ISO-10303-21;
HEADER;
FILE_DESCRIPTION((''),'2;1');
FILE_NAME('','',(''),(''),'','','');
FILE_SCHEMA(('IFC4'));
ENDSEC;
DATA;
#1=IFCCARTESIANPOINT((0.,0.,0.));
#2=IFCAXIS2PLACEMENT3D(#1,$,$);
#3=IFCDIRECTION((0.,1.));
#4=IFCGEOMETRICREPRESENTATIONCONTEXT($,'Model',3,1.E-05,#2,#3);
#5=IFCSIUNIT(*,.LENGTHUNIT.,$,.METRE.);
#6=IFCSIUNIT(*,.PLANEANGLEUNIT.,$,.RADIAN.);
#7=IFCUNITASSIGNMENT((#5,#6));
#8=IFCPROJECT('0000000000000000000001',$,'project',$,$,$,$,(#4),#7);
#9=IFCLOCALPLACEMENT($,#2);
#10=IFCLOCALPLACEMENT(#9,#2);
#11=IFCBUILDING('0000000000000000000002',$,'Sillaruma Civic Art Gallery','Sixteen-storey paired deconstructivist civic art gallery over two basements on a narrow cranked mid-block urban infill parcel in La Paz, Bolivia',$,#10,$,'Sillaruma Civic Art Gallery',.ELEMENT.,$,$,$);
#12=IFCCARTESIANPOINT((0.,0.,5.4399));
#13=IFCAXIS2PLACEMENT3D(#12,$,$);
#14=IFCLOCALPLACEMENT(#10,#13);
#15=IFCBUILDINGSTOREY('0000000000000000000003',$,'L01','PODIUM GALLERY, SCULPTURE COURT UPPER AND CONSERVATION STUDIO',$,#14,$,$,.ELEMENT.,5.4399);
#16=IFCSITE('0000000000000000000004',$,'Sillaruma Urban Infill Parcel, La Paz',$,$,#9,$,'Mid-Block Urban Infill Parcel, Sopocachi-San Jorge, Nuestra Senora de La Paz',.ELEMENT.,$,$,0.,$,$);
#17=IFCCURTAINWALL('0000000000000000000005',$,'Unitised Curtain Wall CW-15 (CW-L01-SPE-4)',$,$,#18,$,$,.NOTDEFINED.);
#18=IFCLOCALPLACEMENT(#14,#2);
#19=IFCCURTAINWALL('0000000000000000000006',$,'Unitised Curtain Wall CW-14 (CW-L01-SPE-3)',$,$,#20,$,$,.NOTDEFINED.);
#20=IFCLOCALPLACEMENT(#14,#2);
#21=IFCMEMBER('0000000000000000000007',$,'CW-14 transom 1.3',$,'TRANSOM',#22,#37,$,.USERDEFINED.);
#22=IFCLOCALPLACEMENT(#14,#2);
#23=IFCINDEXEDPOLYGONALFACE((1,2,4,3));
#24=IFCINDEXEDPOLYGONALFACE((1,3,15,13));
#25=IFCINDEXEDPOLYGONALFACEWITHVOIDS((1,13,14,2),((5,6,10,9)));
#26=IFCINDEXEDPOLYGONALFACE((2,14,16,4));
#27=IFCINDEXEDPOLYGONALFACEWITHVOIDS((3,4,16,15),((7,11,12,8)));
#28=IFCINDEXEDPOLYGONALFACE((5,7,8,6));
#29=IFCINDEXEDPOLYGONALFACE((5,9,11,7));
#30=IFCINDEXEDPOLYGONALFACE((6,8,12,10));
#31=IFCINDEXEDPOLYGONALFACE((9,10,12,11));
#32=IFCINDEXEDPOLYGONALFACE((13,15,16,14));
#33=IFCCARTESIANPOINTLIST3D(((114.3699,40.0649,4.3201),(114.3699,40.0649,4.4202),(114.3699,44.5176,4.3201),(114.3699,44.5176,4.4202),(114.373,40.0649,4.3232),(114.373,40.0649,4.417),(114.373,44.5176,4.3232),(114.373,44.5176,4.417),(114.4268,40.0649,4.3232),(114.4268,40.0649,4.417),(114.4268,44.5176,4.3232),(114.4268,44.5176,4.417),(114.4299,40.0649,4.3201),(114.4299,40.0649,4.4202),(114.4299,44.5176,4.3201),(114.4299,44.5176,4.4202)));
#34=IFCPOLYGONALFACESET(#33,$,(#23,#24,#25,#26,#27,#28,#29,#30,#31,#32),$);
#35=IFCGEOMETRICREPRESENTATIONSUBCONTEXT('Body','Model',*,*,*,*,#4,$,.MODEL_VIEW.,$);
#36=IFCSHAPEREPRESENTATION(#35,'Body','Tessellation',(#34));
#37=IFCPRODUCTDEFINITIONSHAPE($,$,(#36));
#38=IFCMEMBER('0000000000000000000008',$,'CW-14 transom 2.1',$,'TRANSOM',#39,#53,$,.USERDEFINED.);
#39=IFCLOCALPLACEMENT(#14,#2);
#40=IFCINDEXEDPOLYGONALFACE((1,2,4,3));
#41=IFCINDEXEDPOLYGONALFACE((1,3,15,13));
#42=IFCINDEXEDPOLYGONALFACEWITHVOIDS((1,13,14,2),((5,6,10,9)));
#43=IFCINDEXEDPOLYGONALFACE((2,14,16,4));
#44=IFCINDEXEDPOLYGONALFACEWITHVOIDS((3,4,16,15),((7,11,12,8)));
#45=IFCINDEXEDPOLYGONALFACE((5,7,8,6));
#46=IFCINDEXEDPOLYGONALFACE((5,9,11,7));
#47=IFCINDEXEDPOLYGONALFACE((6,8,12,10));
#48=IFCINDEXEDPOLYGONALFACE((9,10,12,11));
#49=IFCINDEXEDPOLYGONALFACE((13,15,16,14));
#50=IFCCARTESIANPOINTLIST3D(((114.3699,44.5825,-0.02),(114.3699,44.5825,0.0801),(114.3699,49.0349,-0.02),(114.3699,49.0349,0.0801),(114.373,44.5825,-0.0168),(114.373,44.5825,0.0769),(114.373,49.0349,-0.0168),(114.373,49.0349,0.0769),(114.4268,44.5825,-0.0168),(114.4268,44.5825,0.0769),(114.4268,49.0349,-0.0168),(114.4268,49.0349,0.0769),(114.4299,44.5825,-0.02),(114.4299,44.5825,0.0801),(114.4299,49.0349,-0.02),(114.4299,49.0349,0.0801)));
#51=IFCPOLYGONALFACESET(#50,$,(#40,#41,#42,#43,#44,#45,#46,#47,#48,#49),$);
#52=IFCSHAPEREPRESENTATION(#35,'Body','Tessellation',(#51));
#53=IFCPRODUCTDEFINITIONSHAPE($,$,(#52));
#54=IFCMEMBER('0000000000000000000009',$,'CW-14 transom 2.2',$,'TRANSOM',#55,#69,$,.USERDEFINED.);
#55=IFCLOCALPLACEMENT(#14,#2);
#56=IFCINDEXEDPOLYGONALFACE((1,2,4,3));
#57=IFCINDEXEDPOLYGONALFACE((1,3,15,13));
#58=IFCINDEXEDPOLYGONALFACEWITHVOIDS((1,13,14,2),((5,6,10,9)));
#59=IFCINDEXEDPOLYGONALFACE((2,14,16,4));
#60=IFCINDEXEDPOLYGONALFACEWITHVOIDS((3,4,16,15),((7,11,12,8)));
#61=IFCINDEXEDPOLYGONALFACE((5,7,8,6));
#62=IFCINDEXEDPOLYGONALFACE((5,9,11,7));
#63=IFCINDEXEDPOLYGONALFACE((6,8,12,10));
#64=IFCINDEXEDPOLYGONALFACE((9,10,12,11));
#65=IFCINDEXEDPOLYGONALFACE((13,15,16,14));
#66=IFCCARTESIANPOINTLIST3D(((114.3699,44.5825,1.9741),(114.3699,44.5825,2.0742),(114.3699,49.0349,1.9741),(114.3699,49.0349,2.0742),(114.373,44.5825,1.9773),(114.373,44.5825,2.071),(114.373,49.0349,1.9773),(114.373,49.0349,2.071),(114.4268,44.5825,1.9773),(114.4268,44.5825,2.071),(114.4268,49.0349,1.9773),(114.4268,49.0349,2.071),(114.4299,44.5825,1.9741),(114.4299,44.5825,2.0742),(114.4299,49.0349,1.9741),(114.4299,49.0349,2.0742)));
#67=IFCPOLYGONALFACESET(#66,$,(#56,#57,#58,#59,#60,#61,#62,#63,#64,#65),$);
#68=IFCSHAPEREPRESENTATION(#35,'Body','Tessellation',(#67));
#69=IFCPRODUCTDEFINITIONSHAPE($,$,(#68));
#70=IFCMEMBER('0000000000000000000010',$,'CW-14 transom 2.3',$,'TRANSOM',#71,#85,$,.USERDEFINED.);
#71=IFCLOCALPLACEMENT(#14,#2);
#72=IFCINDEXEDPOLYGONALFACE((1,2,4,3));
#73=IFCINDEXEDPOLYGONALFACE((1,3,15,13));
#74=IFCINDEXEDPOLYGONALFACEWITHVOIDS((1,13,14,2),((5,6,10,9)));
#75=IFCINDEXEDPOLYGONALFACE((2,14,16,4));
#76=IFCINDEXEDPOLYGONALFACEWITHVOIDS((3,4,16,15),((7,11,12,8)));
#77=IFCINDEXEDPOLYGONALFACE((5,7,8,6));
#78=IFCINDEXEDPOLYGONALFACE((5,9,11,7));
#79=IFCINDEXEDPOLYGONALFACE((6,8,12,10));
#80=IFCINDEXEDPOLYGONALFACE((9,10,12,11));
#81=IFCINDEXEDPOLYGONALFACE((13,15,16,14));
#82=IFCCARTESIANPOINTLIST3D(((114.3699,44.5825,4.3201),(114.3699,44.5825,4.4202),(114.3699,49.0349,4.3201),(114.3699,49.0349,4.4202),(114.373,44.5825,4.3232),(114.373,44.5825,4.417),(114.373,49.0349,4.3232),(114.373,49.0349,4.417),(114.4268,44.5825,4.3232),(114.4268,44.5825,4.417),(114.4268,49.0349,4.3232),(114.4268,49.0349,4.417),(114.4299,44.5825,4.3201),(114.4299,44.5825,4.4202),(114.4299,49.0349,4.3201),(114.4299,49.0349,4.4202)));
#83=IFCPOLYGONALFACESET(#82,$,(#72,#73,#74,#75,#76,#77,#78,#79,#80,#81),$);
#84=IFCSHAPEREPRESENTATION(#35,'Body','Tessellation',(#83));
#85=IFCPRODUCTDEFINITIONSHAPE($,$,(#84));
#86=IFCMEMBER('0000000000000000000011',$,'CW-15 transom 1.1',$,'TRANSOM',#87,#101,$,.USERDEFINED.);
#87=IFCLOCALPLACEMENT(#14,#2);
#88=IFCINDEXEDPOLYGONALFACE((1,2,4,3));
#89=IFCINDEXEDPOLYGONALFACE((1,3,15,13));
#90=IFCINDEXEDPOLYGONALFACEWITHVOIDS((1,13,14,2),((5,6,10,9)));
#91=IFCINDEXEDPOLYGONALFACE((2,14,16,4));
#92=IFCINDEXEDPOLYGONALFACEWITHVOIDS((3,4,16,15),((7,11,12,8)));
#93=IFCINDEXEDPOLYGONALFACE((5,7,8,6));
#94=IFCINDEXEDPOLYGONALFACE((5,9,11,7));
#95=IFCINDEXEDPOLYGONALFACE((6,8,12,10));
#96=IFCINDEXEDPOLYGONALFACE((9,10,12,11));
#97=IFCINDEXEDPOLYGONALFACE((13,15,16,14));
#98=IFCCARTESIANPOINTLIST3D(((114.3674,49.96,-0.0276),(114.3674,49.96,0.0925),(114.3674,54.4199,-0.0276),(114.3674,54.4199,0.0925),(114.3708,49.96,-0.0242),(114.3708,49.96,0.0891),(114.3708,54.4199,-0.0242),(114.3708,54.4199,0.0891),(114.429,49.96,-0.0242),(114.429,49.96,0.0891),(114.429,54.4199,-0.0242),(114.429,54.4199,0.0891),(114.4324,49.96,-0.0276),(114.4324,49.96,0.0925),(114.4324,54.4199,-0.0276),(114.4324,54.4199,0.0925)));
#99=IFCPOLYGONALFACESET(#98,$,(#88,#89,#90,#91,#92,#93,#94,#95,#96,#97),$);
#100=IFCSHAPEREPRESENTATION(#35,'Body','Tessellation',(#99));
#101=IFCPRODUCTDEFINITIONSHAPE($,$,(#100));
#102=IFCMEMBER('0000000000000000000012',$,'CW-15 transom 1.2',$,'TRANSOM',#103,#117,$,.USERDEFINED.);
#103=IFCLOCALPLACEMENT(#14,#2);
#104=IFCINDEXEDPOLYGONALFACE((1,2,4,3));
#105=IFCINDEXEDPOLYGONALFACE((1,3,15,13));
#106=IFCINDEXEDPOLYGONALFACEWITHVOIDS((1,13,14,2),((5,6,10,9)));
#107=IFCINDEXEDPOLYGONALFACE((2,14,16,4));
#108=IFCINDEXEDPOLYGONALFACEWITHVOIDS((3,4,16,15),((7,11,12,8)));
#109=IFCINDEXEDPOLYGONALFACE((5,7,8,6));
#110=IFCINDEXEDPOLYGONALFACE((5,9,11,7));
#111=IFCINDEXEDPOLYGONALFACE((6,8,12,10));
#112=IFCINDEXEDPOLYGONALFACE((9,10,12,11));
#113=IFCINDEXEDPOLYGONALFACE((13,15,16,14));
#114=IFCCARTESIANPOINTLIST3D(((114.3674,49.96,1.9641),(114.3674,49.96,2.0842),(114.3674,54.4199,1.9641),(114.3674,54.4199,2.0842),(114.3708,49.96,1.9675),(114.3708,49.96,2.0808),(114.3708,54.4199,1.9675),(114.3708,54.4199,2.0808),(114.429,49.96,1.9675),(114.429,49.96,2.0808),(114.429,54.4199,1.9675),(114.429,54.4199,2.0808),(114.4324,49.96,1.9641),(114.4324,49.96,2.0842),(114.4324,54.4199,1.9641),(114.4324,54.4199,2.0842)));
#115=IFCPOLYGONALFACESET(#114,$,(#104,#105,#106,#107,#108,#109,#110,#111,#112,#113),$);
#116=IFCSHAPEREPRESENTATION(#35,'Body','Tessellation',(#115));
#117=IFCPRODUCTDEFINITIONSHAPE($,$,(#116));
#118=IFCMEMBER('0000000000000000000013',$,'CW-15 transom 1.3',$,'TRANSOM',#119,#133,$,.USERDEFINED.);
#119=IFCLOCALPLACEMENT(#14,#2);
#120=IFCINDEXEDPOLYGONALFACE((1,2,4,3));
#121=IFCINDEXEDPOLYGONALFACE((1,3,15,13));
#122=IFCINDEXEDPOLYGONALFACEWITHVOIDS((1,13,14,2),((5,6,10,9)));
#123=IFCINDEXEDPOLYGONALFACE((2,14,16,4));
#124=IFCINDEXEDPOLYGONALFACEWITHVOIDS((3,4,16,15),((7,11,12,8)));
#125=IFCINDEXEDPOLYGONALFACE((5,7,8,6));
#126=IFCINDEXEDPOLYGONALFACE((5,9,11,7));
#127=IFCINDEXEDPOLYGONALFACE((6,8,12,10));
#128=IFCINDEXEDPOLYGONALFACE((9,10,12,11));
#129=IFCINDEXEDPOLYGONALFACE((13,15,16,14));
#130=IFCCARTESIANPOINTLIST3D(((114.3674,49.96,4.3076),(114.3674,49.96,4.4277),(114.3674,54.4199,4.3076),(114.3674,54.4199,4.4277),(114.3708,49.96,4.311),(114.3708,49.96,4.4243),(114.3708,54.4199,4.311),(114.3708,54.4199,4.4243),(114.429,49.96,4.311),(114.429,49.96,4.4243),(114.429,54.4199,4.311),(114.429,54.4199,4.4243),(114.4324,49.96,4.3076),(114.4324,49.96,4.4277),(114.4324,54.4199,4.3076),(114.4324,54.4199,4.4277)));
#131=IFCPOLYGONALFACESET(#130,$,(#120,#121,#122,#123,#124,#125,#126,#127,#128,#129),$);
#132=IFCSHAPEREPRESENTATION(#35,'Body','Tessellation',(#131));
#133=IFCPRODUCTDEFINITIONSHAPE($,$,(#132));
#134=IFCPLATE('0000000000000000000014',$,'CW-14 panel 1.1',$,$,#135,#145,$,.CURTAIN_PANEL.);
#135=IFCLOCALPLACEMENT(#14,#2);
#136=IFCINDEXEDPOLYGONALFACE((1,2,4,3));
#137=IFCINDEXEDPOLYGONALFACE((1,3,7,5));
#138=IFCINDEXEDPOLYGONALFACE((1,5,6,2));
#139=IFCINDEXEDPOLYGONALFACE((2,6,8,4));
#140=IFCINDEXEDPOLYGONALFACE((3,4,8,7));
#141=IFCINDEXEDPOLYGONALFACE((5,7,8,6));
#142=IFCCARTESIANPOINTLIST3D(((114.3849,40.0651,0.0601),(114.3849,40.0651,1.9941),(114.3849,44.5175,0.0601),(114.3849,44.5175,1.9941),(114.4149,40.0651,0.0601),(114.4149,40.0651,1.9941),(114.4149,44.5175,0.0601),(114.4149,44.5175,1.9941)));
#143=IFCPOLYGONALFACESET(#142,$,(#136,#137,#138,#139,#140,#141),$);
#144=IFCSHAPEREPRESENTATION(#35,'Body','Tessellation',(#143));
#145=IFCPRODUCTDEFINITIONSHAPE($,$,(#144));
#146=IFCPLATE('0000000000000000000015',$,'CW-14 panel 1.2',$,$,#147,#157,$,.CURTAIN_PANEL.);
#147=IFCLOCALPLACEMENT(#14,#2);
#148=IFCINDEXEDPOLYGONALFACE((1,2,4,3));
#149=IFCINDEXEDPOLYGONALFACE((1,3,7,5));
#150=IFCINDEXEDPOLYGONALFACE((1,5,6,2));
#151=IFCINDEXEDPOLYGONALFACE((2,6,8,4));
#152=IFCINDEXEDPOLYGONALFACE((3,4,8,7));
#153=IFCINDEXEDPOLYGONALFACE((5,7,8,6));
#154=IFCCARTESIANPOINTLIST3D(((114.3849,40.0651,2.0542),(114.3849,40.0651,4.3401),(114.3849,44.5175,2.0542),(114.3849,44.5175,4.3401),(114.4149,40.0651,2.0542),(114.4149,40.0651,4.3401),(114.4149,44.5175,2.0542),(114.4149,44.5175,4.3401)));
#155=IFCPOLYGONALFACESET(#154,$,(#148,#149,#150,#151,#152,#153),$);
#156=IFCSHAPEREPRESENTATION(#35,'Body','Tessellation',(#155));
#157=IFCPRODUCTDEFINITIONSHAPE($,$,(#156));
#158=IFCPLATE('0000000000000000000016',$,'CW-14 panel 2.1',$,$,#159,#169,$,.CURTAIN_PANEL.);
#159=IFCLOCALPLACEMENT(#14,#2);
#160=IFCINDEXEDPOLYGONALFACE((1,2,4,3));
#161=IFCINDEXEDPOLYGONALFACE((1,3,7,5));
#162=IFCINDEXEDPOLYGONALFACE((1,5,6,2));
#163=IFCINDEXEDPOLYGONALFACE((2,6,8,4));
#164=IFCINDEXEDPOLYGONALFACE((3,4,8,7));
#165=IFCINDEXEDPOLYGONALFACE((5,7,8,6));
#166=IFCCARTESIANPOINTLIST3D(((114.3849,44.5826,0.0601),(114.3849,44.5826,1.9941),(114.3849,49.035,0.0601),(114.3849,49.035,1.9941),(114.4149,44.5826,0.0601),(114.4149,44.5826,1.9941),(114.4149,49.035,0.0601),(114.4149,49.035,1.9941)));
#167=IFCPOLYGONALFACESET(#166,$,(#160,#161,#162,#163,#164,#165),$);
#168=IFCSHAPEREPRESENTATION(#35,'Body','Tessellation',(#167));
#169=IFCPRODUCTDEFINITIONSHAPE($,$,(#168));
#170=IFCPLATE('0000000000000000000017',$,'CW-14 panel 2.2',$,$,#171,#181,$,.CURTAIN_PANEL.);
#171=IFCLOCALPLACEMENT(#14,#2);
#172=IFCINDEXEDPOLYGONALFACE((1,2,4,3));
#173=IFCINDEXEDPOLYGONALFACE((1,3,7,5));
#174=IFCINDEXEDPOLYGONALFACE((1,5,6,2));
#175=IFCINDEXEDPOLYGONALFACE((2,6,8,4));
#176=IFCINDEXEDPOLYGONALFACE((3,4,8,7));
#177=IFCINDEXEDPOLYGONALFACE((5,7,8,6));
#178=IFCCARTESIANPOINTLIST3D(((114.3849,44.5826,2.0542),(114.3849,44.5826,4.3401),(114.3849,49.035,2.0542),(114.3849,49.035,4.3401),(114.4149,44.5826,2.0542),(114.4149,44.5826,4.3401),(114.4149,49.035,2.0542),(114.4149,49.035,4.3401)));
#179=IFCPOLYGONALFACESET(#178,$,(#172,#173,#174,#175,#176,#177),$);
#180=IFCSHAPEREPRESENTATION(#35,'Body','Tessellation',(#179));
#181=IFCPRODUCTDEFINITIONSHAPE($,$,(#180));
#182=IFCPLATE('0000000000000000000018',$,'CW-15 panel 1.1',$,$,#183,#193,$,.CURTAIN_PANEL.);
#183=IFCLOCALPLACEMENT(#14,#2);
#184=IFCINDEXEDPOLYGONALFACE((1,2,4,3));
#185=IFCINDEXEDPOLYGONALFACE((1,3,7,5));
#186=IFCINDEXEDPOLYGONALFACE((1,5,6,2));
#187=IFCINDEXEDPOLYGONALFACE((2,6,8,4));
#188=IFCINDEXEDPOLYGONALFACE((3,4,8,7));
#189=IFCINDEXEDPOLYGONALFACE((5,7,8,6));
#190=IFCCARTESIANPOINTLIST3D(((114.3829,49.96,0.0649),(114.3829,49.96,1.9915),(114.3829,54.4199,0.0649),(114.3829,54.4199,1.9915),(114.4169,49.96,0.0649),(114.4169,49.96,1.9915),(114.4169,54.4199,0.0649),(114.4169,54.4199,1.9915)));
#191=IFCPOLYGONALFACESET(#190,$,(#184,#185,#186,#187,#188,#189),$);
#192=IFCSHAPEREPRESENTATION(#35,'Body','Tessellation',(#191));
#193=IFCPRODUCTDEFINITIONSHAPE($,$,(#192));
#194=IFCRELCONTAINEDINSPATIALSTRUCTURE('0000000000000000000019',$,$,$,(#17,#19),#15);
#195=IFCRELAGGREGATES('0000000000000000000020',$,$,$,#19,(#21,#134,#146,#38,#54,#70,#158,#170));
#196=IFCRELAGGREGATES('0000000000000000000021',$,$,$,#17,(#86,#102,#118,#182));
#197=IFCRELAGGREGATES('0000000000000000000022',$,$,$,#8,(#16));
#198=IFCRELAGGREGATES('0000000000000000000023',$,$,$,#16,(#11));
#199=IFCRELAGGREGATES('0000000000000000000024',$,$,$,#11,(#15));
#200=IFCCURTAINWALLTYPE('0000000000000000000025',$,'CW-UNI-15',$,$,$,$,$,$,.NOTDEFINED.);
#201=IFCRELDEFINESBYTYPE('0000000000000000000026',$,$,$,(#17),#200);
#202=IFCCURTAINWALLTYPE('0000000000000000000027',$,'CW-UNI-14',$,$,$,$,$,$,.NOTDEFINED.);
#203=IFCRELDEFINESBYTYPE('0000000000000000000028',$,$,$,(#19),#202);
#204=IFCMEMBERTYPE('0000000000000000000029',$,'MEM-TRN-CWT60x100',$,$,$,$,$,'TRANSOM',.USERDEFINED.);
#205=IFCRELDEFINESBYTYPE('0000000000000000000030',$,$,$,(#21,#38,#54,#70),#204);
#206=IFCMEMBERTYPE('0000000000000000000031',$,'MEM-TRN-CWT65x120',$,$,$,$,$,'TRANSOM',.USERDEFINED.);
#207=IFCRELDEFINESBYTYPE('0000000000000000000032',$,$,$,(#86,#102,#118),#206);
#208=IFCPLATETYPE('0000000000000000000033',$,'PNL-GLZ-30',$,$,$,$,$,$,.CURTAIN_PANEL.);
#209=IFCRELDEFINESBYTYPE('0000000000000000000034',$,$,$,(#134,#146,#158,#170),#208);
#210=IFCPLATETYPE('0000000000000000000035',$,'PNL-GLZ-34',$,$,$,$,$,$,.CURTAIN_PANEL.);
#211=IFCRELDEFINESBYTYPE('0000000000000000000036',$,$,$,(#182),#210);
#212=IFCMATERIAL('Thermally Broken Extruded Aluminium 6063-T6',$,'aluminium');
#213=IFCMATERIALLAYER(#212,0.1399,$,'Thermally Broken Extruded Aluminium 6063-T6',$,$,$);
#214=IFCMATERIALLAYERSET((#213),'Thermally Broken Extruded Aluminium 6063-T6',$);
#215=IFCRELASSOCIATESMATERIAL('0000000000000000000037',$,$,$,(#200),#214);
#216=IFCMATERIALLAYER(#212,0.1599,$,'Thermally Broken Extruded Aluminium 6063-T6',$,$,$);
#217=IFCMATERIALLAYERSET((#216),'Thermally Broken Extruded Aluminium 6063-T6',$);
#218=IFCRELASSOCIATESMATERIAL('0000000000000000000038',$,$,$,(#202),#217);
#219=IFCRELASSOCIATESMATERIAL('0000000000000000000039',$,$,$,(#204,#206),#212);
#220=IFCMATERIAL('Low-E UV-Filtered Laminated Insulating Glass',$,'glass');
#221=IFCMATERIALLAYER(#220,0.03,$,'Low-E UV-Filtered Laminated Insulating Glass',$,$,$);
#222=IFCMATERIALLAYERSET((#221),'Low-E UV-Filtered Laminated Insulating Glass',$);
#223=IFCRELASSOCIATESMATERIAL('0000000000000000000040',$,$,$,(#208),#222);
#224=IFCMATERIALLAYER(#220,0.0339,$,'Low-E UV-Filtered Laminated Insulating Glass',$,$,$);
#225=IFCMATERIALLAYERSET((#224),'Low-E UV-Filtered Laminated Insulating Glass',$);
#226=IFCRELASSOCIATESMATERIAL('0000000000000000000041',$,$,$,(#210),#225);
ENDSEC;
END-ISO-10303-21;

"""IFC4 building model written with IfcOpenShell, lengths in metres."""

from ifc_helpers import new_model, si_unit, direction, frame, origin, origin_2d, place, context, subcontext, project, spatial, rectangle, hollow_rectangle, extrude, material, layer, layer_set, material_profile, profile_set, type_object, element, aggregate, save


model = new_model("IFC4")

# Units and contexts
model_context = context("Model", 3, precision=1e-05, world=origin(), true_north=direction((0.0, 1.0)))
body_context = subcontext(model_context, "Body", "Model", "MODEL_VIEW")
ifc_project = project(units=[si_unit("LENGTHUNIT", "METRE"), si_unit("PLANEANGLEUNIT", "RADIAN")], contexts=[model_context])

# Site, building, storey
site_placement = place(None, origin())
site = spatial("IfcSite", under=ifc_project, at=site_placement, Name="Sillaruma Urban Infill Parcel, La Paz", LongName="Mid-Block Urban Infill Parcel, Sopocachi-San Jorge, Nuestra Senora de La Paz", CompositionType="ELEMENT", RefElevation=0.0)
building_placement = place(site_placement, origin())
building = spatial("IfcBuilding", under=site, at=building_placement, Name="Sillaruma Civic Art Gallery", Description="Sixteen-storey paired deconstructivist civic art gallery over two basements on a narrow cranked mid-block urban infill parcel in La Paz, Bolivia", LongName="Sillaruma Civic Art Gallery", CompositionType="ELEMENT")
storey_placement = place(building_placement, frame((0.0, 0.0, 5.4399)))
storey = spatial("IfcBuildingStorey", under=building, at=storey_placement, Name="L01", Description="PODIUM GALLERY, SCULPTURE COURT UPPER AND CONSERVATION STUDIO", CompositionType="ELEMENT", Elevation=5.4399)

# Curtain walls, members
ifc_material_1 = material(Name="Thermally Broken Extruded Aluminium 6063-T6", Category="aluminium")
ifc_layer_1 = layer(ifc_material_1, 0.1399, Name="Thermally Broken Extruded Aluminium 6063-T6")
ifc_layer_set_1 = layer_set([ifc_layer_1], Name="Thermally Broken Extruded Aluminium 6063-T6")
curtain_wall_type_1 = type_object("IfcCurtainWallType", Name="CW-UNI-15", PredefinedType="NOTDEFINED", material=ifc_layer_set_1)
curtain_wall_1_placement = place(storey_placement, origin())
curtain_wall_1 = element("IfcCurtainWall", 1, at=curtain_wall_1_placement, inside=storey, type_object=curtain_wall_type_1, Name="Unitised Curtain Wall CW-15 (CW-L01-SPE-4)", PredefinedType="NOTDEFINED")
ifc_layer_2 = layer(ifc_material_1, 0.1599, Name="Thermally Broken Extruded Aluminium 6063-T6")
ifc_layer_set_2 = layer_set([ifc_layer_2], Name="Thermally Broken Extruded Aluminium 6063-T6")
curtain_wall_type_2 = type_object("IfcCurtainWallType", Name="CW-UNI-14", PredefinedType="NOTDEFINED", material=ifc_layer_set_2)
curtain_wall_2_placement = place(storey_placement, origin())
curtain_wall_2 = element("IfcCurtainWall", 2, at=curtain_wall_2_placement, inside=storey, type_object=curtain_wall_type_2, Name="Unitised Curtain Wall CW-14 (CW-L01-SPE-3)", PredefinedType="NOTDEFINED")
ifc_material_profile_1 = material_profile(ifc_material_1, hollow_rectangle(XDim=0.0601, YDim=0.1001, WallThickness=0.0032, at=origin_2d()), Name="CWT60x100")
ifc_profile_set_1 = profile_set([ifc_material_profile_1], Name="Thermally Broken Extruded Aluminium 6063-T6")
member_type_1 = type_object("IfcMemberType", Name="MEM-TRN-CWT60x100", ElementType="TRANSOM", PredefinedType="USERDEFINED", material=ifc_profile_set_1)
member_1_placement = place(storey_placement, frame((114.3999, 40.0649, 4.3701), z_axis=(0.0, 1.0, 0.0), x_axis=(-1.0, 0.0, 0.0)))
member_1 = element("IfcMember", 3, at=member_1_placement, type_object=member_type_1, Name="CW-14 transom 1.3", ObjectType="TRANSOM", PredefinedType="USERDEFINED", context=body_context, shape_type="SweptSolid", body=[
    extrude(hollow_rectangle(XDim=0.0601, YDim=0.1001, WallThickness=0.0032, at=origin_2d()), origin(), (0.0, 0.0, 1.0), 4.4526),
])
member_2_placement = place(storey_placement, frame((114.3999, 44.5825, 0.03), z_axis=(0.0, 1.0, 0.0), x_axis=(-1.0, 0.0, 0.0)))
member_2 = element("IfcMember", 4, at=member_2_placement, type_object=member_type_1, Name="CW-14 transom 2.1", ObjectType="TRANSOM", PredefinedType="USERDEFINED", context=body_context, shape_type="SweptSolid", body=[
    extrude(hollow_rectangle(XDim=0.0601, YDim=0.1001, WallThickness=0.0032, at=origin_2d()), origin(), (0.0, 0.0, 1.0), 4.4524),
])
member_3_placement = place(storey_placement, frame((114.3999, 44.5825, 2.0242), z_axis=(0.0, 1.0, 0.0), x_axis=(-1.0, 0.0, 0.0)))
member_3 = element("IfcMember", 5, at=member_3_placement, type_object=member_type_1, Name="CW-14 transom 2.2", ObjectType="TRANSOM", PredefinedType="USERDEFINED", context=body_context, shape_type="SweptSolid", body=[
    extrude(hollow_rectangle(XDim=0.0601, YDim=0.1001, WallThickness=0.0032, at=origin_2d()), origin(), (0.0, 0.0, 1.0), 4.4524),
])
member_4_placement = place(storey_placement, frame((114.3999, 44.5825, 4.3701), z_axis=(0.0, 1.0, 0.0), x_axis=(-1.0, 0.0, 0.0)))
member_4 = element("IfcMember", 6, at=member_4_placement, type_object=member_type_1, Name="CW-14 transom 2.3", ObjectType="TRANSOM", PredefinedType="USERDEFINED", context=body_context, shape_type="SweptSolid", body=[
    extrude(hollow_rectangle(XDim=0.0601, YDim=0.1001, WallThickness=0.0032, at=origin_2d()), origin(), (0.0, 0.0, 1.0), 4.4524),
])

# Members
ifc_material_profile_2 = material_profile(ifc_material_1, hollow_rectangle(XDim=0.0649, YDim=0.1201, WallThickness=0.0034, at=origin_2d()), Name="CWT65x120")
ifc_profile_set_2 = profile_set([ifc_material_profile_2], Name="Thermally Broken Extruded Aluminium 6063-T6")
member_type_2 = type_object("IfcMemberType", Name="MEM-TRN-CWT65x120", ElementType="TRANSOM", PredefinedType="USERDEFINED", material=ifc_profile_set_2)
member_5_placement = place(storey_placement, frame((114.3999, 49.96, 0.0325), z_axis=(0.0, 1.0, 0.0), x_axis=(-1.0, 0.0, 0.0)))
member_5 = element("IfcMember", 7, at=member_5_placement, type_object=member_type_2, Name="CW-15 transom 1.1", ObjectType="TRANSOM", PredefinedType="USERDEFINED", context=body_context, shape_type="SweptSolid", body=[
    extrude(hollow_rectangle(XDim=0.0649, YDim=0.1201, WallThickness=0.0034, at=origin_2d()), origin(), (0.0, 0.0, 1.0), 4.46),
])
member_6_placement = place(storey_placement, frame((114.3999, 49.96, 2.0242), z_axis=(0.0, 1.0, 0.0), x_axis=(-1.0, 0.0, 0.0)))
member_6 = element("IfcMember", 8, at=member_6_placement, type_object=member_type_2, Name="CW-15 transom 1.2", ObjectType="TRANSOM", PredefinedType="USERDEFINED", context=body_context, shape_type="SweptSolid", body=[
    extrude(hollow_rectangle(XDim=0.0649, YDim=0.1201, WallThickness=0.0034, at=origin_2d()), origin(), (0.0, 0.0, 1.0), 4.46),
])
member_7_placement = place(storey_placement, frame((114.3999, 49.96, 4.3677), z_axis=(0.0, 1.0, 0.0), x_axis=(-1.0, 0.0, 0.0)))
member_7 = element("IfcMember", 9, at=member_7_placement, type_object=member_type_2, Name="CW-15 transom 1.3", ObjectType="TRANSOM", PredefinedType="USERDEFINED", context=body_context, shape_type="SweptSolid", body=[
    extrude(hollow_rectangle(XDim=0.0649, YDim=0.1201, WallThickness=0.0034, at=origin_2d()), origin(), (0.0, 0.0, 1.0), 4.46),
])

# Plates
ifc_material_2 = material(Name="Low-E UV-Filtered Laminated Insulating Glass", Category="glass")
ifc_layer_3 = layer(ifc_material_2, 0.03, Name="Low-E UV-Filtered Laminated Insulating Glass")
ifc_layer_set_3 = layer_set([ifc_layer_3], Name="Low-E UV-Filtered Laminated Insulating Glass")
plate_type_1 = type_object("IfcPlateType", Name="PNL-GLZ-30", PredefinedType="CURTAIN_PANEL", material=ifc_layer_set_3)
plate_1_placement = place(storey_placement, frame((114.3999, 42.2913, 0.0601), z_axis=(0.0, 0.0, 1.0), x_axis=(0.0, 1.0, 0.0)))
plate_1 = element("IfcPlate", 10, at=plate_1_placement, type_object=plate_type_1, Name="CW-14 panel 1.1", PredefinedType="CURTAIN_PANEL", context=body_context, shape_type="SweptSolid", body=[
    extrude(rectangle(XDim=4.4524, YDim=0.03, at=origin_2d()), origin(), (0.0, 0.0, 1.0), 1.9341),
])
plate_2_placement = place(storey_placement, frame((114.3999, 42.2913, 2.0542), z_axis=(0.0, 0.0, 1.0), x_axis=(0.0, 1.0, 0.0)))
plate_2 = element("IfcPlate", 11, at=plate_2_placement, type_object=plate_type_1, Name="CW-14 panel 1.2", PredefinedType="CURTAIN_PANEL", context=body_context, shape_type="SweptSolid", body=[
    extrude(rectangle(XDim=4.4524, YDim=0.03, at=origin_2d()), origin(), (0.0, 0.0, 1.0), 2.2859),
])
plate_3_placement = place(storey_placement, frame((114.3999, 46.8088, 0.0601), z_axis=(0.0, 0.0, 1.0), x_axis=(0.0, 1.0, 0.0)))
plate_3 = element("IfcPlate", 12, at=plate_3_placement, type_object=plate_type_1, Name="CW-14 panel 2.1", PredefinedType="CURTAIN_PANEL", context=body_context, shape_type="SweptSolid", body=[
    extrude(rectangle(XDim=4.4524, YDim=0.03, at=origin_2d()), origin(), (0.0, 0.0, 1.0), 1.9341),
])
plate_4_placement = place(storey_placement, frame((114.3999, 46.8088, 2.0542), z_axis=(0.0, 0.0, 1.0), x_axis=(0.0, 1.0, 0.0)))
plate_4 = element("IfcPlate", 13, at=plate_4_placement, type_object=plate_type_1, Name="CW-14 panel 2.2", PredefinedType="CURTAIN_PANEL", context=body_context, shape_type="SweptSolid", body=[
    extrude(rectangle(XDim=4.4524, YDim=0.03, at=origin_2d()), origin(), (0.0, 0.0, 1.0), 2.2859),
])
aggregate(curtain_wall_2, [member_1, plate_1, plate_2, member_2, member_3, member_4, plate_3, plate_4])
ifc_layer_4 = layer(ifc_material_2, 0.0339, Name="Low-E UV-Filtered Laminated Insulating Glass")
ifc_layer_set_4 = layer_set([ifc_layer_4], Name="Low-E UV-Filtered Laminated Insulating Glass")
plate_type_2 = type_object("IfcPlateType", Name="PNL-GLZ-34", PredefinedType="CURTAIN_PANEL", material=ifc_layer_set_4)
plate_5_placement = place(storey_placement, frame((114.3999, 52.1899, 0.0649), z_axis=(0.0, 0.0, 1.0), x_axis=(0.0, 1.0, 0.0)))
plate_5 = element("IfcPlate", 14, at=plate_5_placement, type_object=plate_type_2, Name="CW-15 panel 1.1", PredefinedType="CURTAIN_PANEL", context=body_context, shape_type="SweptSolid", body=[
    extrude(rectangle(XDim=4.46, YDim=0.0339, at=origin_2d()), origin(), (0.0, 0.0, 1.0), 1.9265),
])
aggregate(curtain_wall_1, [member_5, member_6, member_7, plate_5])

save(model, "model.ifc")
